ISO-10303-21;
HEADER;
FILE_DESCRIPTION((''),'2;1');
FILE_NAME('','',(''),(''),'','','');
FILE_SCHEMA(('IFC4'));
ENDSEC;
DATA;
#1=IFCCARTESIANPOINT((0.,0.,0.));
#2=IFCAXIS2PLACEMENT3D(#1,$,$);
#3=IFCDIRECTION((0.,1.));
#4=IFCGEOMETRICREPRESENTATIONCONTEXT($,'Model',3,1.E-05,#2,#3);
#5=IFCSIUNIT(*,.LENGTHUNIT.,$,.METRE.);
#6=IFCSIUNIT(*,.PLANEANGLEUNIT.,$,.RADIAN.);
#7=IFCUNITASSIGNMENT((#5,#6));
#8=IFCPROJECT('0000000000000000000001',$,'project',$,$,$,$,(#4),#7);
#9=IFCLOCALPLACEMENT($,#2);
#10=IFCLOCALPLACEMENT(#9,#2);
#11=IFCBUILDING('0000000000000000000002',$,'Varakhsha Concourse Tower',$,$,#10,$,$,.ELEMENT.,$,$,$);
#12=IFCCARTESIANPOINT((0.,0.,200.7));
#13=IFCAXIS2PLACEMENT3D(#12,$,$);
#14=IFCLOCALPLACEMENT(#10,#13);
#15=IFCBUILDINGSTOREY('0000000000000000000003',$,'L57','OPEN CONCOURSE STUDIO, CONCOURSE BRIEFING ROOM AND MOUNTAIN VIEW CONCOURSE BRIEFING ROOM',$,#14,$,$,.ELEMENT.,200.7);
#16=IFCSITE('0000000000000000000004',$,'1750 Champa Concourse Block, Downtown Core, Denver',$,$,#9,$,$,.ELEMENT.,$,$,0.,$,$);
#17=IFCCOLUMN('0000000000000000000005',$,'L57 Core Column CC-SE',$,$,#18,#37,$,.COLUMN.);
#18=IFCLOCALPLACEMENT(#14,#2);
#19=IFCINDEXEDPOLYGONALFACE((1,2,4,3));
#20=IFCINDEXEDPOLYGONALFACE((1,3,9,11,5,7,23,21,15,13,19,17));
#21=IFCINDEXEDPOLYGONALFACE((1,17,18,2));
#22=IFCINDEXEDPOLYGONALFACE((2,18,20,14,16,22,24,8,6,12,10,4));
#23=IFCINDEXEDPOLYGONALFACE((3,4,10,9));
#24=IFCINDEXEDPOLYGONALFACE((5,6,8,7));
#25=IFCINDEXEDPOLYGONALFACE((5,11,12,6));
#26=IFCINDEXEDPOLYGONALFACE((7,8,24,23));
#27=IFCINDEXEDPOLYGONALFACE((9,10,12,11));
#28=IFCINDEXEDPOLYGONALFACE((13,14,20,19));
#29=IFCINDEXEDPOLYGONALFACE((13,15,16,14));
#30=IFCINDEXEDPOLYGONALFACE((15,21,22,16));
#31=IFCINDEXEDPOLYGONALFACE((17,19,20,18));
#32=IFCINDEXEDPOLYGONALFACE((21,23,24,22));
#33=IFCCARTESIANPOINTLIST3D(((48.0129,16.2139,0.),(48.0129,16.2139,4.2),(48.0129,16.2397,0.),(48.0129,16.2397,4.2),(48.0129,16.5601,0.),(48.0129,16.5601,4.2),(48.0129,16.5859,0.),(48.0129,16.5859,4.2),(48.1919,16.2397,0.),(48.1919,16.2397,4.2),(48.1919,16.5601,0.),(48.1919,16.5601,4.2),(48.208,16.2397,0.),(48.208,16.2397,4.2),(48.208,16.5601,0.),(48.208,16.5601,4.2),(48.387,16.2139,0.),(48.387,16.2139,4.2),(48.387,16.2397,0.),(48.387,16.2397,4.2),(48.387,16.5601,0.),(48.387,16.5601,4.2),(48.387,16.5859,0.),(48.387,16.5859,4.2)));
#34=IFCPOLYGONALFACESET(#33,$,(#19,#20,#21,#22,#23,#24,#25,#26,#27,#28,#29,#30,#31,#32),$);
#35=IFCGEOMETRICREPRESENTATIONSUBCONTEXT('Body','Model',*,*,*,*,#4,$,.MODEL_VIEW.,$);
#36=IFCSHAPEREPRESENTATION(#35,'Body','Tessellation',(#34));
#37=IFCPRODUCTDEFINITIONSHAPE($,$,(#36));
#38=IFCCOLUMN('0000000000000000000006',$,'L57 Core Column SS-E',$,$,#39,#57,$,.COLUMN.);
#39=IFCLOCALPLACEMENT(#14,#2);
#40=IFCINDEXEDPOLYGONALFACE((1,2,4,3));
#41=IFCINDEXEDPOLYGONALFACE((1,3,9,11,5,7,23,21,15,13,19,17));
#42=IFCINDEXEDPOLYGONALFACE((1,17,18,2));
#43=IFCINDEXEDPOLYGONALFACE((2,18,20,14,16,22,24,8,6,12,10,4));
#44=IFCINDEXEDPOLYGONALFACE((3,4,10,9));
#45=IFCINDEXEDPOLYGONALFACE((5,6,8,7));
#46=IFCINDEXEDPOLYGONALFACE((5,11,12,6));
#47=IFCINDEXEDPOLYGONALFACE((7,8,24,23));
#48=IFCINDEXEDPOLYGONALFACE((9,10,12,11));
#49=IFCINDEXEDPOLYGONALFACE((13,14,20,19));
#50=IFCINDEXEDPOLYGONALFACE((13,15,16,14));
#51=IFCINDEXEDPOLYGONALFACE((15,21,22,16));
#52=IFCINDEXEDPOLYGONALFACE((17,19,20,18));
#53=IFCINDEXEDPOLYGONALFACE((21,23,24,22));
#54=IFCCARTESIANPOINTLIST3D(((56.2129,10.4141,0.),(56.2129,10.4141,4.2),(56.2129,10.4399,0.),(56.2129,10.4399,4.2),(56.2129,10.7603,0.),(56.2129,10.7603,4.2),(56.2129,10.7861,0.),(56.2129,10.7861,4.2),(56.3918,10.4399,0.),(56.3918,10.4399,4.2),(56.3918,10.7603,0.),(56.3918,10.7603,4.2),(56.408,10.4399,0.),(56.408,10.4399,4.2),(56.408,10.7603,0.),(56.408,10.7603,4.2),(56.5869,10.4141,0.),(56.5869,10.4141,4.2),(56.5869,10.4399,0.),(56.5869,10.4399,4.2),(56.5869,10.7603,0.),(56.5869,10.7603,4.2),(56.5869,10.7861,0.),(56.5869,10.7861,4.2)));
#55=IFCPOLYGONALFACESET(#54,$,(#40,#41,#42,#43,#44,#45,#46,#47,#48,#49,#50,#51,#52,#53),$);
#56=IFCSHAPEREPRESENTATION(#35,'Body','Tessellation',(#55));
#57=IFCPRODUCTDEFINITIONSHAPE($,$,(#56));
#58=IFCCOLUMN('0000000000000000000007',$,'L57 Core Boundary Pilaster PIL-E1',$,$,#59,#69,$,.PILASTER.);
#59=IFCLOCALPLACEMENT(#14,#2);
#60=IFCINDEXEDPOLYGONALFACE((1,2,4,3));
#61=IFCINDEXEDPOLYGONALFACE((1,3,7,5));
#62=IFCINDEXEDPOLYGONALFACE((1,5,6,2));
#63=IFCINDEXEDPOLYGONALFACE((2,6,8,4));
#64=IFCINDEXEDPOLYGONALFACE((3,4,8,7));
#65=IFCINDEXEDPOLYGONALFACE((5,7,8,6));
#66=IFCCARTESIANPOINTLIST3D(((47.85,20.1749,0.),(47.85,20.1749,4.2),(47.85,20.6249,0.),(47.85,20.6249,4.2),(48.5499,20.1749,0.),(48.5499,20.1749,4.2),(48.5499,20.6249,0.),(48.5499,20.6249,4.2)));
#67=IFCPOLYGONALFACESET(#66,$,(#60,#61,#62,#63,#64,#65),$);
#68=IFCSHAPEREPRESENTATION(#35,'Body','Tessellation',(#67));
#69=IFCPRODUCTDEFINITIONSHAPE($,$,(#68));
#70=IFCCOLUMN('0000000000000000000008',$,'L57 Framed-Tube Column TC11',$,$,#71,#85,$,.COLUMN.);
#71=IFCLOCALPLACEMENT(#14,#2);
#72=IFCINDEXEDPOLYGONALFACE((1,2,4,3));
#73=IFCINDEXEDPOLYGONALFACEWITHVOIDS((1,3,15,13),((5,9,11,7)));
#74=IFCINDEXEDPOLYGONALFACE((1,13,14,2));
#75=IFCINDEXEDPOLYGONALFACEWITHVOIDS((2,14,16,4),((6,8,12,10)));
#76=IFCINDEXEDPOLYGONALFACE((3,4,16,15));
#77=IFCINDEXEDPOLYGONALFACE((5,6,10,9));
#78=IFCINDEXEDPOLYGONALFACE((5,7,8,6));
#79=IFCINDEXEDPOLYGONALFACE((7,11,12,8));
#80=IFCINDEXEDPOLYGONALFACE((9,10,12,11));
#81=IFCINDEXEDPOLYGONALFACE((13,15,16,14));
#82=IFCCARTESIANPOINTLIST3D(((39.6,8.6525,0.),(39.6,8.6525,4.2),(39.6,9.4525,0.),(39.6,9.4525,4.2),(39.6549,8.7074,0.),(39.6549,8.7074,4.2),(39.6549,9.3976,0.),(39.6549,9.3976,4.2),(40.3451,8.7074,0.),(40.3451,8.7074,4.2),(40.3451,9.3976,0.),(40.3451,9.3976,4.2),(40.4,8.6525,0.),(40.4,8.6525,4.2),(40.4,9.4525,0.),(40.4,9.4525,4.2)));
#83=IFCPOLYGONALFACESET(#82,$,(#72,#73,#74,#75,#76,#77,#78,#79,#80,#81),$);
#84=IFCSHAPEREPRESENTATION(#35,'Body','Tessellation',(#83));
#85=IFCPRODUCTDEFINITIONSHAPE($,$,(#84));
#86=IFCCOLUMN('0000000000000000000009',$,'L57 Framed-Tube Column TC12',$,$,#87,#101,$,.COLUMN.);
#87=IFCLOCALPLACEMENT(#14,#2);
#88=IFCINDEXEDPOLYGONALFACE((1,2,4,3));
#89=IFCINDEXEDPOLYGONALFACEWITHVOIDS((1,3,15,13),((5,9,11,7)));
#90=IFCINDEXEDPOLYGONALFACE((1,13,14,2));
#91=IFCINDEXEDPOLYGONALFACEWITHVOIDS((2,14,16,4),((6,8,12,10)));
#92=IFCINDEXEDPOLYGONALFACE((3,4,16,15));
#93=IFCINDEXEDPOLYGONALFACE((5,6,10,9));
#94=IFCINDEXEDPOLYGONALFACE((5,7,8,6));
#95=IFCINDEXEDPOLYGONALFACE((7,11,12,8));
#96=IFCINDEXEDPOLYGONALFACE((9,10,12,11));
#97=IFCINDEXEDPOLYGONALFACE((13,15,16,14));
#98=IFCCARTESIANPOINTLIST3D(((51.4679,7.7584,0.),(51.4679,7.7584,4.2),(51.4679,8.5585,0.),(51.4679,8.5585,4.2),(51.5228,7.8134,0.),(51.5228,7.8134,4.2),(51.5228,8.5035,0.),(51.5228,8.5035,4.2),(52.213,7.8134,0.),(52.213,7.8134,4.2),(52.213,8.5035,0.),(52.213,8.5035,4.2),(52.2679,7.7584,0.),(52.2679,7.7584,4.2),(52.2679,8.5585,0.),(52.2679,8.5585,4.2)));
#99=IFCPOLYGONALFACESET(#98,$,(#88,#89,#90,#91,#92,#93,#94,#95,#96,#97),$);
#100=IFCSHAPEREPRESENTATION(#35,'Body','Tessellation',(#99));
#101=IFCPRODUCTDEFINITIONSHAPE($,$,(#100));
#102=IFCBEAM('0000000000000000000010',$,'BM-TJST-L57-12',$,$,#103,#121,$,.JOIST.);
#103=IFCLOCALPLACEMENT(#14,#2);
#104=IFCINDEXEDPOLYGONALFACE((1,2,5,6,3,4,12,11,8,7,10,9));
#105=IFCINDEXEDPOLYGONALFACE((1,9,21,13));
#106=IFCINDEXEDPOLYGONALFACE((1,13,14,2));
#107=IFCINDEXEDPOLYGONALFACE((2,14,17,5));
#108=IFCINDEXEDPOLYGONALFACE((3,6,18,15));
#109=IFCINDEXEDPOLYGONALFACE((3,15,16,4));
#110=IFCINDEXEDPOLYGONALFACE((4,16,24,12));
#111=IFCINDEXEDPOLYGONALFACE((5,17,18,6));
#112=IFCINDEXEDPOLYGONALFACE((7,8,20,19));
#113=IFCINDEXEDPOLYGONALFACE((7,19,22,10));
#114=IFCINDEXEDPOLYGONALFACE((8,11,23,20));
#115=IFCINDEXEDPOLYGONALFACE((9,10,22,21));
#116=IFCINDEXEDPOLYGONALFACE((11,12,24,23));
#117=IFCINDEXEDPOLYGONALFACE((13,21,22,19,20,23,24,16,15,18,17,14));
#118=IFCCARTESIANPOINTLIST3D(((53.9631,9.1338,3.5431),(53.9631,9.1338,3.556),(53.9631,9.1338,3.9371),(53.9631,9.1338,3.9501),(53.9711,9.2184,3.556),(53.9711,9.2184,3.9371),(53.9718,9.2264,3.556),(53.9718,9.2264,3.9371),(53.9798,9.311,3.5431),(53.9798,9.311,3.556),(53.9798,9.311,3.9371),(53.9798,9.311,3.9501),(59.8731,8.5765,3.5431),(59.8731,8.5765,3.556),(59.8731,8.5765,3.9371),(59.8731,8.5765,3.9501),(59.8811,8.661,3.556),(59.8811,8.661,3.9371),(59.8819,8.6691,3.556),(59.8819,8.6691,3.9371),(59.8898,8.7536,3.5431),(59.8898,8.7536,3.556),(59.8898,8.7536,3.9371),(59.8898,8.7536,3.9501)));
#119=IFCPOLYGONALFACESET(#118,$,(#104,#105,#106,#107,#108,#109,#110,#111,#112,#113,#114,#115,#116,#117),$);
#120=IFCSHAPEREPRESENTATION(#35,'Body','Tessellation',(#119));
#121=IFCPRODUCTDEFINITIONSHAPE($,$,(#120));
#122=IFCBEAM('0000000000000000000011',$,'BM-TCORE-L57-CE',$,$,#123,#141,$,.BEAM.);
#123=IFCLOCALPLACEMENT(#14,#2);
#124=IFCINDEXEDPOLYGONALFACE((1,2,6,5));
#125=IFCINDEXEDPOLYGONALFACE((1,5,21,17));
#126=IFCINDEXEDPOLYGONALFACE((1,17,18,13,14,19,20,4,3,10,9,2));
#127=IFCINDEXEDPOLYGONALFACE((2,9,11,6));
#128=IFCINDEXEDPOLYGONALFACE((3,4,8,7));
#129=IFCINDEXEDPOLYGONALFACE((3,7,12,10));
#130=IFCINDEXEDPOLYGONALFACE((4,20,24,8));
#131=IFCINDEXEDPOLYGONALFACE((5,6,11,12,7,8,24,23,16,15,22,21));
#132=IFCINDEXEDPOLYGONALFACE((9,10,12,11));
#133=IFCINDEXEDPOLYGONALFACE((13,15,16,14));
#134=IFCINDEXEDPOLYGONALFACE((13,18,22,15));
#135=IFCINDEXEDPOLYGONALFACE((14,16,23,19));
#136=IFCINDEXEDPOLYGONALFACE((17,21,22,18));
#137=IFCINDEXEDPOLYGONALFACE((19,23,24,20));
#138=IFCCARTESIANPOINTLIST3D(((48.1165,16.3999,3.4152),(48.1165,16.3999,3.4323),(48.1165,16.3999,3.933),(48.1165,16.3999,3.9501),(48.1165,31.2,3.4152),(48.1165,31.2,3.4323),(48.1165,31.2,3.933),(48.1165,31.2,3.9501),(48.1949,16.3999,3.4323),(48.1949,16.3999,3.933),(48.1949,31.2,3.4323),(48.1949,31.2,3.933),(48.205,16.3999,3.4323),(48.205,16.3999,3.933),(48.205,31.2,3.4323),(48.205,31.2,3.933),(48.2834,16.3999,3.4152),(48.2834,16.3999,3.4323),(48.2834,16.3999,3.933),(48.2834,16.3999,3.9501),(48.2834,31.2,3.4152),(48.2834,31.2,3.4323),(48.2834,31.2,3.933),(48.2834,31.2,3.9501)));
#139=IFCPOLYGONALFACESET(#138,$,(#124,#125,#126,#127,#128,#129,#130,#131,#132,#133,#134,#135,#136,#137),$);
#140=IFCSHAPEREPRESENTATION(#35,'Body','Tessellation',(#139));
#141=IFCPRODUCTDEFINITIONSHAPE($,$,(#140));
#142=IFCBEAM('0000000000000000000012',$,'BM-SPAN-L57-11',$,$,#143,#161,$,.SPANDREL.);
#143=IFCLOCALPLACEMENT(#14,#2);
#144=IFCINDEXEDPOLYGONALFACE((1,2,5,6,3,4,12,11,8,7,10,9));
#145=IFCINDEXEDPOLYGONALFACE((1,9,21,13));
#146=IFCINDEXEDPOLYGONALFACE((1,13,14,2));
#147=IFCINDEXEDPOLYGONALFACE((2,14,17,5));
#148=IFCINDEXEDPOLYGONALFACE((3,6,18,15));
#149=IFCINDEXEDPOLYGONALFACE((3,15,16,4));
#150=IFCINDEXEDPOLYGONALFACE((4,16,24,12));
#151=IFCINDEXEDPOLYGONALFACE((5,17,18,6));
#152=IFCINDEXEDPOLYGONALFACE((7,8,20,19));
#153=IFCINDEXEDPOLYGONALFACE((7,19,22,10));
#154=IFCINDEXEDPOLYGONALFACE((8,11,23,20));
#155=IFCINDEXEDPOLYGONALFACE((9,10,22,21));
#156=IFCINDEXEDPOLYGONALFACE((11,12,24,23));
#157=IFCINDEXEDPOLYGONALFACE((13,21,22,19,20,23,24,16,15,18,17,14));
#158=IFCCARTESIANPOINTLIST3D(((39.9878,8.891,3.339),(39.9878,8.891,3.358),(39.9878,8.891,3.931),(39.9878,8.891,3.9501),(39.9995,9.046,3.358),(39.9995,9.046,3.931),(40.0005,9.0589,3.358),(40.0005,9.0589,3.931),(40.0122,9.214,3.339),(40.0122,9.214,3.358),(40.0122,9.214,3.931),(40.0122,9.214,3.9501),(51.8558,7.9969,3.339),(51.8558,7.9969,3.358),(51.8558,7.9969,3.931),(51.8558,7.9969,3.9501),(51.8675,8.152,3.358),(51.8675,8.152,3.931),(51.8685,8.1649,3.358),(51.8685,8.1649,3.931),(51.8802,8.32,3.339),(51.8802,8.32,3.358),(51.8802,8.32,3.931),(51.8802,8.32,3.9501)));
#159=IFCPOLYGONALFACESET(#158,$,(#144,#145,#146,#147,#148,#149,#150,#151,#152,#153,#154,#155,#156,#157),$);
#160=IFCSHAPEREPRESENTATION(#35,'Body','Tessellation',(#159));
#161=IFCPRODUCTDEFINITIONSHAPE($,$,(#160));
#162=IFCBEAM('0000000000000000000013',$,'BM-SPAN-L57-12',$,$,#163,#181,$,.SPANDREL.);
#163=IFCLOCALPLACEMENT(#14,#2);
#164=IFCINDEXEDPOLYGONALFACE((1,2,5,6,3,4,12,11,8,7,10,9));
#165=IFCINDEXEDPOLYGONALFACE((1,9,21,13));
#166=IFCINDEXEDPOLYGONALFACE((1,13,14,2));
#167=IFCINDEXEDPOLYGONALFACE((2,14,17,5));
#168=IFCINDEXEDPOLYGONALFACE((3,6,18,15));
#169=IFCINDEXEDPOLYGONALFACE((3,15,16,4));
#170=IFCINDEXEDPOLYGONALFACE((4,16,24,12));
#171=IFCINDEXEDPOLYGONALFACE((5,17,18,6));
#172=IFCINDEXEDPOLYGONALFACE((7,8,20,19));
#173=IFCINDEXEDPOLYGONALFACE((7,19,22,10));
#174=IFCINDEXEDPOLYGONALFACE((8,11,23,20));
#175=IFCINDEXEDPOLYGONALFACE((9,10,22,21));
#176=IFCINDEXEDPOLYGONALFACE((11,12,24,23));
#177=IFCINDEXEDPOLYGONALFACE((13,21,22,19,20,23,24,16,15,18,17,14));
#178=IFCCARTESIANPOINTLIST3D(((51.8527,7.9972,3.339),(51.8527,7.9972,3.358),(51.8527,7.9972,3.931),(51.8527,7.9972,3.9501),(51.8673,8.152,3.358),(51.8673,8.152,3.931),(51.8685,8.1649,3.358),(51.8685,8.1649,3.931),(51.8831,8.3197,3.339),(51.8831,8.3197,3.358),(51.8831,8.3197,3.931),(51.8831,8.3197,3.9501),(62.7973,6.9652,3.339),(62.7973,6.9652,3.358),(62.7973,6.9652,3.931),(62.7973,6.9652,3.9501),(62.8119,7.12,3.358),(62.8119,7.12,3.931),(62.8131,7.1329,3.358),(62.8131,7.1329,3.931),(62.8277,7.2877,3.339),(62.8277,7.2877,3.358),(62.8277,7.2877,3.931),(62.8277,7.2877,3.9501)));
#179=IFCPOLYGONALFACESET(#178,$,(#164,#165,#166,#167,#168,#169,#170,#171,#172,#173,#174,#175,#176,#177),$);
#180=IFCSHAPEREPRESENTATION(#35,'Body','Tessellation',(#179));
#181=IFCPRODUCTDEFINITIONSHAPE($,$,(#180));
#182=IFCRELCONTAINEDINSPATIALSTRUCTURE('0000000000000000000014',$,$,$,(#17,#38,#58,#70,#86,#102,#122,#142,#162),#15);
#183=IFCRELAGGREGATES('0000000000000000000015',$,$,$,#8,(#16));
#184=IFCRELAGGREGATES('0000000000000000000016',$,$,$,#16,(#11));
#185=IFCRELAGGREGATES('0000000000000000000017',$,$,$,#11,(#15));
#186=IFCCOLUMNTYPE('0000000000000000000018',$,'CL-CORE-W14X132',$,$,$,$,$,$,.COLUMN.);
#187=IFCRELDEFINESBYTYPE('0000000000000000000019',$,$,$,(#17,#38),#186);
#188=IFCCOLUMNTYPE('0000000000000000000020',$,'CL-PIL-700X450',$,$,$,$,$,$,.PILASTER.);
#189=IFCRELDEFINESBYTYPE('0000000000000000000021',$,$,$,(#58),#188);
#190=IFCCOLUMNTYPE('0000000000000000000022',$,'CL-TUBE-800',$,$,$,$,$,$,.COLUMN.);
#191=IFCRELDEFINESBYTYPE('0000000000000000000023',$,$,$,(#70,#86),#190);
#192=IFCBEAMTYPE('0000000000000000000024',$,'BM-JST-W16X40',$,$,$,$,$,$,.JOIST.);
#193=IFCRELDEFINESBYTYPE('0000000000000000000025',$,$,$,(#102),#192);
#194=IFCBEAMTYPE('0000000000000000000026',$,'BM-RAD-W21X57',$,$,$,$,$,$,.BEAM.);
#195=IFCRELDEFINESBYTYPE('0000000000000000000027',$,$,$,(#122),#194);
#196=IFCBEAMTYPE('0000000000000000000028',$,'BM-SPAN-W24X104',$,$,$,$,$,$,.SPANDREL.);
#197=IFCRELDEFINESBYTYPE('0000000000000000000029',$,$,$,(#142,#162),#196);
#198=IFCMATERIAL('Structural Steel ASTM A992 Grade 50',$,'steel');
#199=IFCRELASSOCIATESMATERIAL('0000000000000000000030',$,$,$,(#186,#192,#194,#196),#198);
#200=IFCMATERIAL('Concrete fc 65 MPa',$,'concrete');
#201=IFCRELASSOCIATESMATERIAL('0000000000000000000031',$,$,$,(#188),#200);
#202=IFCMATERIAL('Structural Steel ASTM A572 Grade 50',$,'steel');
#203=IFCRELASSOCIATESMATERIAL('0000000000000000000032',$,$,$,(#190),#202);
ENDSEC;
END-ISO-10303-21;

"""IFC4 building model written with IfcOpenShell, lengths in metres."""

from ifc_helpers import new_model, si_unit, direction, frame, origin, origin_2d, place, context, subcontext, project, spatial, rectangle, hollow_rectangle, i_section, extrude, material, material_profile, profile_set, type_object, element, save


model = new_model("IFC4")

# Units and contexts
model_context = context("Model", 3, precision=1e-05, world=origin(), true_north=direction((0.0, 1.0)))
body_context = subcontext(model_context, "Body", "Model", "MODEL_VIEW")
ifc_project = project(units=[si_unit("LENGTHUNIT", "METRE"), si_unit("PLANEANGLEUNIT", "RADIAN")], contexts=[model_context])

# Site, building, storey
site_placement = place(None, origin())
site = spatial("IfcSite", under=ifc_project, at=site_placement, Name="1750 Champa Concourse Block, Downtown Core, Denver", CompositionType="ELEMENT", RefElevation=0.0)
building_placement = place(site_placement, origin())
building = spatial("IfcBuilding", under=site, at=building_placement, Name="Varakhsha Concourse Tower", CompositionType="ELEMENT")
storey_placement = place(building_placement, frame((0.0, 0.0, 200.7)))
storey = spatial("IfcBuildingStorey", under=building, at=storey_placement, Name="L57", Description="OPEN CONCOURSE STUDIO, CONCOURSE BRIEFING ROOM AND MOUNTAIN VIEW CONCOURSE BRIEFING ROOM", CompositionType="ELEMENT", Elevation=200.7)

# Columns
ifc_material_1 = material(Name="Structural Steel ASTM A992 Grade 50", Category="steel")
ifc_material_profile_1 = material_profile(ifc_material_1, i_section(OverallWidth=0.374, OverallDepth=0.3721, WebThickness=0.0161, FlangeThickness=0.0259, at=origin_2d()), Name="W14X132")
ifc_profile_set_1 = profile_set([ifc_material_profile_1], Name="Structural Steel ASTM A992 Grade 50")
column_type_1 = type_object("IfcColumnType", Name="CL-CORE-W14X132", PredefinedType="COLUMN", material=ifc_profile_set_1)
for number, where, z_axis, x_axis, name in (
    (1, (48.2, 16.3999, 0.0), (0.0, 0.0, 1.0), (1.0, 0.0, 0.0), "L57 Core Column CC-SE"),
    (2, (56.3999, 10.6001, 0.0), (0.0, 0.0, 1.0), (1.0, 0.0, 0.0), "L57 Core Column SS-E"),
):
    element("IfcColumn", number, at=place(storey_placement, frame(where, z_axis=z_axis, x_axis=x_axis)), inside=storey, type_object=column_type_1, Name=name, PredefinedType="COLUMN", context=body_context, shape_type="SweptSolid", body=[
        extrude(i_section(OverallWidth=0.374, OverallDepth=0.3721, WebThickness=0.0161, FlangeThickness=0.0259, at=origin_2d()), origin(), (0.0, 0.0, 1.0), 4.2),
    ])
ifc_material_2 = material(Name="Concrete fc 65 MPa", Category="concrete")
ifc_material_profile_2 = material_profile(ifc_material_2, rectangle(XDim=0.7, YDim=0.45, at=origin_2d()), Name="RC 700x450")
ifc_profile_set_2 = profile_set([ifc_material_profile_2], Name="Concrete fc 65 MPa")
column_type_2 = type_object("IfcColumnType", Name="CL-PIL-700X450", PredefinedType="PILASTER", material=ifc_profile_set_2)
column_placement = place(storey_placement, frame((48.2, 20.3999, 0.0), z_axis=(0.0, 0.0, 1.0), x_axis=(1.0, 0.0, 0.0)))
element("IfcColumn", 3, at=column_placement, inside=storey, type_object=column_type_2, Name="L57 Core Boundary Pilaster PIL-E1", PredefinedType="PILASTER", context=body_context, shape_type="SweptSolid", body=[
    extrude(rectangle(XDim=0.7, YDim=0.45, at=origin_2d()), origin(), (0.0, 0.0, 1.0), 4.2),
])
ifc_material_3 = material(Name="Structural Steel ASTM A572 Grade 50", Category="steel")
ifc_material_profile_3 = material_profile(ifc_material_3, hollow_rectangle(XDim=0.8, YDim=0.8, WallThickness=0.0549, at=origin_2d()), Name="BOX 800x800x55")
ifc_profile_set_3 = profile_set([ifc_material_profile_3], Name="Structural Steel ASTM A572 Grade 50")
column_type_3 = type_object("IfcColumnType", Name="CL-TUBE-800", PredefinedType="COLUMN", material=ifc_profile_set_3)
for number, where, z_axis, x_axis, name in (
    (4, (40.0, 9.0525, 0.0), (0.0, 0.0, 1.0), (1.0, 0.0, 0.0), "L57 Framed-Tube Column TC11"),
    (5, (51.8679, 8.1584, 0.0), (0.0, 0.0, 1.0), (1.0, 0.0, 0.0), "L57 Framed-Tube Column TC12"),
):
    element("IfcColumn", number, at=place(storey_placement, frame(where, z_axis=z_axis, x_axis=x_axis)), inside=storey, type_object=column_type_3, Name=name, PredefinedType="COLUMN", context=body_context, shape_type="SweptSolid", body=[
        extrude(hollow_rectangle(XDim=0.8, YDim=0.8, WallThickness=0.0549, at=origin_2d()), origin(), (0.0, 0.0, 1.0), 4.2),
    ])

# Beams
ifc_material_profile_4 = material_profile(ifc_material_1, i_section(OverallWidth=0.178, OverallDepth=0.407, WebThickness=0.0081, FlangeThickness=0.0129, at=origin_2d()), Name="W16X40")
ifc_profile_set_4 = profile_set([ifc_material_profile_4], Name="Structural Steel ASTM A992 Grade 50")
beam_type_1 = type_object("IfcBeamType", Name="BM-JST-W16X40", PredefinedType="JOIST", material=ifc_profile_set_4)
beam_1_placement = place(storey_placement, frame((53.9714, 9.2224, 3.7466), z_axis=(0.995582, -0.093891, 0.0), x_axis=(0.093891, 0.995582, 0.0)))
element("IfcBeam", 6, at=beam_1_placement, inside=storey, type_object=beam_type_1, Name="BM-TJST-L57-12", PredefinedType="JOIST", context=body_context, shape_type="SweptSolid", body=[
    extrude(i_section(OverallWidth=0.178, OverallDepth=0.407, WebThickness=0.0081, FlangeThickness=0.0129, at=origin_2d()), origin(), (0.0, 0.0, 1.0), 5.9363),
])
ifc_material_profile_5 = material_profile(ifc_material_1, i_section(OverallWidth=0.167, OverallDepth=0.5349, WebThickness=0.01, FlangeThickness=0.0171, at=origin_2d()), Name="W21X57")
ifc_profile_set_5 = profile_set([ifc_material_profile_5], Name="Structural Steel ASTM A992 Grade 50")
beam_type_2 = type_object("IfcBeamType", Name="BM-RAD-W21X57", PredefinedType="BEAM", material=ifc_profile_set_5)
beam_2_placement = place(storey_placement, frame((48.2, 16.3999, 3.6826), z_axis=(0.0, 1.0, 0.0), x_axis=(-1.0, 0.0, 0.0)))
element("IfcBeam", 7, at=beam_2_placement, inside=storey, type_object=beam_type_2, Name="BM-TCORE-L57-CE", PredefinedType="BEAM", context=body_context, shape_type="SweptSolid", body=[
    extrude(i_section(OverallWidth=0.167, OverallDepth=0.5349, WebThickness=0.01, FlangeThickness=0.0171, at=origin_2d()), origin(), (0.0, 0.0, 1.0), 14.8),
])
ifc_material_profile_6 = material_profile(ifc_material_1, i_section(OverallWidth=0.324, OverallDepth=0.6111, WebThickness=0.0129, FlangeThickness=0.019, at=origin_2d()), Name="W24X104")
ifc_profile_set_6 = profile_set([ifc_material_profile_6], Name="Structural Steel ASTM A992 Grade 50")
beam_type_3 = type_object("IfcBeamType", Name="BM-SPAN-W24X104", PredefinedType="SPANDREL", material=ifc_profile_set_6)
beam_3_placement = place(storey_placement, frame((40.0, 9.0525, 3.6445), z_axis=(0.997175, -0.07512, 0.0), x_axis=(0.07512, 0.997175, 0.0)))
element("IfcBeam", 8, at=beam_3_placement, inside=storey, type_object=beam_type_3, Name="BM-SPAN-L57-11", PredefinedType="SPANDREL", context=body_context, shape_type="SweptSolid", body=[
    extrude(i_section(OverallWidth=0.324, OverallDepth=0.6111, WebThickness=0.0129, FlangeThickness=0.019, at=origin_2d()), origin(), (0.0, 0.0, 1.0), 11.9016),
])
beam_4_placement = place(storey_placement, frame((51.8679, 8.1584, 3.6445), z_axis=(0.995584, -0.093875, 0.0), x_axis=(0.093875, 0.995584, 0.0)))
element("IfcBeam", 9, at=beam_4_placement, inside=storey, type_object=beam_type_3, Name="BM-SPAN-L57-12", PredefinedType="SPANDREL", context=body_context, shape_type="SweptSolid", body=[
    extrude(i_section(OverallWidth=0.324, OverallDepth=0.6111, WebThickness=0.0129, FlangeThickness=0.019, at=origin_2d()), origin(), (0.0, 0.0, 1.0), 10.9932),
])

save(model, "model.ifc")
